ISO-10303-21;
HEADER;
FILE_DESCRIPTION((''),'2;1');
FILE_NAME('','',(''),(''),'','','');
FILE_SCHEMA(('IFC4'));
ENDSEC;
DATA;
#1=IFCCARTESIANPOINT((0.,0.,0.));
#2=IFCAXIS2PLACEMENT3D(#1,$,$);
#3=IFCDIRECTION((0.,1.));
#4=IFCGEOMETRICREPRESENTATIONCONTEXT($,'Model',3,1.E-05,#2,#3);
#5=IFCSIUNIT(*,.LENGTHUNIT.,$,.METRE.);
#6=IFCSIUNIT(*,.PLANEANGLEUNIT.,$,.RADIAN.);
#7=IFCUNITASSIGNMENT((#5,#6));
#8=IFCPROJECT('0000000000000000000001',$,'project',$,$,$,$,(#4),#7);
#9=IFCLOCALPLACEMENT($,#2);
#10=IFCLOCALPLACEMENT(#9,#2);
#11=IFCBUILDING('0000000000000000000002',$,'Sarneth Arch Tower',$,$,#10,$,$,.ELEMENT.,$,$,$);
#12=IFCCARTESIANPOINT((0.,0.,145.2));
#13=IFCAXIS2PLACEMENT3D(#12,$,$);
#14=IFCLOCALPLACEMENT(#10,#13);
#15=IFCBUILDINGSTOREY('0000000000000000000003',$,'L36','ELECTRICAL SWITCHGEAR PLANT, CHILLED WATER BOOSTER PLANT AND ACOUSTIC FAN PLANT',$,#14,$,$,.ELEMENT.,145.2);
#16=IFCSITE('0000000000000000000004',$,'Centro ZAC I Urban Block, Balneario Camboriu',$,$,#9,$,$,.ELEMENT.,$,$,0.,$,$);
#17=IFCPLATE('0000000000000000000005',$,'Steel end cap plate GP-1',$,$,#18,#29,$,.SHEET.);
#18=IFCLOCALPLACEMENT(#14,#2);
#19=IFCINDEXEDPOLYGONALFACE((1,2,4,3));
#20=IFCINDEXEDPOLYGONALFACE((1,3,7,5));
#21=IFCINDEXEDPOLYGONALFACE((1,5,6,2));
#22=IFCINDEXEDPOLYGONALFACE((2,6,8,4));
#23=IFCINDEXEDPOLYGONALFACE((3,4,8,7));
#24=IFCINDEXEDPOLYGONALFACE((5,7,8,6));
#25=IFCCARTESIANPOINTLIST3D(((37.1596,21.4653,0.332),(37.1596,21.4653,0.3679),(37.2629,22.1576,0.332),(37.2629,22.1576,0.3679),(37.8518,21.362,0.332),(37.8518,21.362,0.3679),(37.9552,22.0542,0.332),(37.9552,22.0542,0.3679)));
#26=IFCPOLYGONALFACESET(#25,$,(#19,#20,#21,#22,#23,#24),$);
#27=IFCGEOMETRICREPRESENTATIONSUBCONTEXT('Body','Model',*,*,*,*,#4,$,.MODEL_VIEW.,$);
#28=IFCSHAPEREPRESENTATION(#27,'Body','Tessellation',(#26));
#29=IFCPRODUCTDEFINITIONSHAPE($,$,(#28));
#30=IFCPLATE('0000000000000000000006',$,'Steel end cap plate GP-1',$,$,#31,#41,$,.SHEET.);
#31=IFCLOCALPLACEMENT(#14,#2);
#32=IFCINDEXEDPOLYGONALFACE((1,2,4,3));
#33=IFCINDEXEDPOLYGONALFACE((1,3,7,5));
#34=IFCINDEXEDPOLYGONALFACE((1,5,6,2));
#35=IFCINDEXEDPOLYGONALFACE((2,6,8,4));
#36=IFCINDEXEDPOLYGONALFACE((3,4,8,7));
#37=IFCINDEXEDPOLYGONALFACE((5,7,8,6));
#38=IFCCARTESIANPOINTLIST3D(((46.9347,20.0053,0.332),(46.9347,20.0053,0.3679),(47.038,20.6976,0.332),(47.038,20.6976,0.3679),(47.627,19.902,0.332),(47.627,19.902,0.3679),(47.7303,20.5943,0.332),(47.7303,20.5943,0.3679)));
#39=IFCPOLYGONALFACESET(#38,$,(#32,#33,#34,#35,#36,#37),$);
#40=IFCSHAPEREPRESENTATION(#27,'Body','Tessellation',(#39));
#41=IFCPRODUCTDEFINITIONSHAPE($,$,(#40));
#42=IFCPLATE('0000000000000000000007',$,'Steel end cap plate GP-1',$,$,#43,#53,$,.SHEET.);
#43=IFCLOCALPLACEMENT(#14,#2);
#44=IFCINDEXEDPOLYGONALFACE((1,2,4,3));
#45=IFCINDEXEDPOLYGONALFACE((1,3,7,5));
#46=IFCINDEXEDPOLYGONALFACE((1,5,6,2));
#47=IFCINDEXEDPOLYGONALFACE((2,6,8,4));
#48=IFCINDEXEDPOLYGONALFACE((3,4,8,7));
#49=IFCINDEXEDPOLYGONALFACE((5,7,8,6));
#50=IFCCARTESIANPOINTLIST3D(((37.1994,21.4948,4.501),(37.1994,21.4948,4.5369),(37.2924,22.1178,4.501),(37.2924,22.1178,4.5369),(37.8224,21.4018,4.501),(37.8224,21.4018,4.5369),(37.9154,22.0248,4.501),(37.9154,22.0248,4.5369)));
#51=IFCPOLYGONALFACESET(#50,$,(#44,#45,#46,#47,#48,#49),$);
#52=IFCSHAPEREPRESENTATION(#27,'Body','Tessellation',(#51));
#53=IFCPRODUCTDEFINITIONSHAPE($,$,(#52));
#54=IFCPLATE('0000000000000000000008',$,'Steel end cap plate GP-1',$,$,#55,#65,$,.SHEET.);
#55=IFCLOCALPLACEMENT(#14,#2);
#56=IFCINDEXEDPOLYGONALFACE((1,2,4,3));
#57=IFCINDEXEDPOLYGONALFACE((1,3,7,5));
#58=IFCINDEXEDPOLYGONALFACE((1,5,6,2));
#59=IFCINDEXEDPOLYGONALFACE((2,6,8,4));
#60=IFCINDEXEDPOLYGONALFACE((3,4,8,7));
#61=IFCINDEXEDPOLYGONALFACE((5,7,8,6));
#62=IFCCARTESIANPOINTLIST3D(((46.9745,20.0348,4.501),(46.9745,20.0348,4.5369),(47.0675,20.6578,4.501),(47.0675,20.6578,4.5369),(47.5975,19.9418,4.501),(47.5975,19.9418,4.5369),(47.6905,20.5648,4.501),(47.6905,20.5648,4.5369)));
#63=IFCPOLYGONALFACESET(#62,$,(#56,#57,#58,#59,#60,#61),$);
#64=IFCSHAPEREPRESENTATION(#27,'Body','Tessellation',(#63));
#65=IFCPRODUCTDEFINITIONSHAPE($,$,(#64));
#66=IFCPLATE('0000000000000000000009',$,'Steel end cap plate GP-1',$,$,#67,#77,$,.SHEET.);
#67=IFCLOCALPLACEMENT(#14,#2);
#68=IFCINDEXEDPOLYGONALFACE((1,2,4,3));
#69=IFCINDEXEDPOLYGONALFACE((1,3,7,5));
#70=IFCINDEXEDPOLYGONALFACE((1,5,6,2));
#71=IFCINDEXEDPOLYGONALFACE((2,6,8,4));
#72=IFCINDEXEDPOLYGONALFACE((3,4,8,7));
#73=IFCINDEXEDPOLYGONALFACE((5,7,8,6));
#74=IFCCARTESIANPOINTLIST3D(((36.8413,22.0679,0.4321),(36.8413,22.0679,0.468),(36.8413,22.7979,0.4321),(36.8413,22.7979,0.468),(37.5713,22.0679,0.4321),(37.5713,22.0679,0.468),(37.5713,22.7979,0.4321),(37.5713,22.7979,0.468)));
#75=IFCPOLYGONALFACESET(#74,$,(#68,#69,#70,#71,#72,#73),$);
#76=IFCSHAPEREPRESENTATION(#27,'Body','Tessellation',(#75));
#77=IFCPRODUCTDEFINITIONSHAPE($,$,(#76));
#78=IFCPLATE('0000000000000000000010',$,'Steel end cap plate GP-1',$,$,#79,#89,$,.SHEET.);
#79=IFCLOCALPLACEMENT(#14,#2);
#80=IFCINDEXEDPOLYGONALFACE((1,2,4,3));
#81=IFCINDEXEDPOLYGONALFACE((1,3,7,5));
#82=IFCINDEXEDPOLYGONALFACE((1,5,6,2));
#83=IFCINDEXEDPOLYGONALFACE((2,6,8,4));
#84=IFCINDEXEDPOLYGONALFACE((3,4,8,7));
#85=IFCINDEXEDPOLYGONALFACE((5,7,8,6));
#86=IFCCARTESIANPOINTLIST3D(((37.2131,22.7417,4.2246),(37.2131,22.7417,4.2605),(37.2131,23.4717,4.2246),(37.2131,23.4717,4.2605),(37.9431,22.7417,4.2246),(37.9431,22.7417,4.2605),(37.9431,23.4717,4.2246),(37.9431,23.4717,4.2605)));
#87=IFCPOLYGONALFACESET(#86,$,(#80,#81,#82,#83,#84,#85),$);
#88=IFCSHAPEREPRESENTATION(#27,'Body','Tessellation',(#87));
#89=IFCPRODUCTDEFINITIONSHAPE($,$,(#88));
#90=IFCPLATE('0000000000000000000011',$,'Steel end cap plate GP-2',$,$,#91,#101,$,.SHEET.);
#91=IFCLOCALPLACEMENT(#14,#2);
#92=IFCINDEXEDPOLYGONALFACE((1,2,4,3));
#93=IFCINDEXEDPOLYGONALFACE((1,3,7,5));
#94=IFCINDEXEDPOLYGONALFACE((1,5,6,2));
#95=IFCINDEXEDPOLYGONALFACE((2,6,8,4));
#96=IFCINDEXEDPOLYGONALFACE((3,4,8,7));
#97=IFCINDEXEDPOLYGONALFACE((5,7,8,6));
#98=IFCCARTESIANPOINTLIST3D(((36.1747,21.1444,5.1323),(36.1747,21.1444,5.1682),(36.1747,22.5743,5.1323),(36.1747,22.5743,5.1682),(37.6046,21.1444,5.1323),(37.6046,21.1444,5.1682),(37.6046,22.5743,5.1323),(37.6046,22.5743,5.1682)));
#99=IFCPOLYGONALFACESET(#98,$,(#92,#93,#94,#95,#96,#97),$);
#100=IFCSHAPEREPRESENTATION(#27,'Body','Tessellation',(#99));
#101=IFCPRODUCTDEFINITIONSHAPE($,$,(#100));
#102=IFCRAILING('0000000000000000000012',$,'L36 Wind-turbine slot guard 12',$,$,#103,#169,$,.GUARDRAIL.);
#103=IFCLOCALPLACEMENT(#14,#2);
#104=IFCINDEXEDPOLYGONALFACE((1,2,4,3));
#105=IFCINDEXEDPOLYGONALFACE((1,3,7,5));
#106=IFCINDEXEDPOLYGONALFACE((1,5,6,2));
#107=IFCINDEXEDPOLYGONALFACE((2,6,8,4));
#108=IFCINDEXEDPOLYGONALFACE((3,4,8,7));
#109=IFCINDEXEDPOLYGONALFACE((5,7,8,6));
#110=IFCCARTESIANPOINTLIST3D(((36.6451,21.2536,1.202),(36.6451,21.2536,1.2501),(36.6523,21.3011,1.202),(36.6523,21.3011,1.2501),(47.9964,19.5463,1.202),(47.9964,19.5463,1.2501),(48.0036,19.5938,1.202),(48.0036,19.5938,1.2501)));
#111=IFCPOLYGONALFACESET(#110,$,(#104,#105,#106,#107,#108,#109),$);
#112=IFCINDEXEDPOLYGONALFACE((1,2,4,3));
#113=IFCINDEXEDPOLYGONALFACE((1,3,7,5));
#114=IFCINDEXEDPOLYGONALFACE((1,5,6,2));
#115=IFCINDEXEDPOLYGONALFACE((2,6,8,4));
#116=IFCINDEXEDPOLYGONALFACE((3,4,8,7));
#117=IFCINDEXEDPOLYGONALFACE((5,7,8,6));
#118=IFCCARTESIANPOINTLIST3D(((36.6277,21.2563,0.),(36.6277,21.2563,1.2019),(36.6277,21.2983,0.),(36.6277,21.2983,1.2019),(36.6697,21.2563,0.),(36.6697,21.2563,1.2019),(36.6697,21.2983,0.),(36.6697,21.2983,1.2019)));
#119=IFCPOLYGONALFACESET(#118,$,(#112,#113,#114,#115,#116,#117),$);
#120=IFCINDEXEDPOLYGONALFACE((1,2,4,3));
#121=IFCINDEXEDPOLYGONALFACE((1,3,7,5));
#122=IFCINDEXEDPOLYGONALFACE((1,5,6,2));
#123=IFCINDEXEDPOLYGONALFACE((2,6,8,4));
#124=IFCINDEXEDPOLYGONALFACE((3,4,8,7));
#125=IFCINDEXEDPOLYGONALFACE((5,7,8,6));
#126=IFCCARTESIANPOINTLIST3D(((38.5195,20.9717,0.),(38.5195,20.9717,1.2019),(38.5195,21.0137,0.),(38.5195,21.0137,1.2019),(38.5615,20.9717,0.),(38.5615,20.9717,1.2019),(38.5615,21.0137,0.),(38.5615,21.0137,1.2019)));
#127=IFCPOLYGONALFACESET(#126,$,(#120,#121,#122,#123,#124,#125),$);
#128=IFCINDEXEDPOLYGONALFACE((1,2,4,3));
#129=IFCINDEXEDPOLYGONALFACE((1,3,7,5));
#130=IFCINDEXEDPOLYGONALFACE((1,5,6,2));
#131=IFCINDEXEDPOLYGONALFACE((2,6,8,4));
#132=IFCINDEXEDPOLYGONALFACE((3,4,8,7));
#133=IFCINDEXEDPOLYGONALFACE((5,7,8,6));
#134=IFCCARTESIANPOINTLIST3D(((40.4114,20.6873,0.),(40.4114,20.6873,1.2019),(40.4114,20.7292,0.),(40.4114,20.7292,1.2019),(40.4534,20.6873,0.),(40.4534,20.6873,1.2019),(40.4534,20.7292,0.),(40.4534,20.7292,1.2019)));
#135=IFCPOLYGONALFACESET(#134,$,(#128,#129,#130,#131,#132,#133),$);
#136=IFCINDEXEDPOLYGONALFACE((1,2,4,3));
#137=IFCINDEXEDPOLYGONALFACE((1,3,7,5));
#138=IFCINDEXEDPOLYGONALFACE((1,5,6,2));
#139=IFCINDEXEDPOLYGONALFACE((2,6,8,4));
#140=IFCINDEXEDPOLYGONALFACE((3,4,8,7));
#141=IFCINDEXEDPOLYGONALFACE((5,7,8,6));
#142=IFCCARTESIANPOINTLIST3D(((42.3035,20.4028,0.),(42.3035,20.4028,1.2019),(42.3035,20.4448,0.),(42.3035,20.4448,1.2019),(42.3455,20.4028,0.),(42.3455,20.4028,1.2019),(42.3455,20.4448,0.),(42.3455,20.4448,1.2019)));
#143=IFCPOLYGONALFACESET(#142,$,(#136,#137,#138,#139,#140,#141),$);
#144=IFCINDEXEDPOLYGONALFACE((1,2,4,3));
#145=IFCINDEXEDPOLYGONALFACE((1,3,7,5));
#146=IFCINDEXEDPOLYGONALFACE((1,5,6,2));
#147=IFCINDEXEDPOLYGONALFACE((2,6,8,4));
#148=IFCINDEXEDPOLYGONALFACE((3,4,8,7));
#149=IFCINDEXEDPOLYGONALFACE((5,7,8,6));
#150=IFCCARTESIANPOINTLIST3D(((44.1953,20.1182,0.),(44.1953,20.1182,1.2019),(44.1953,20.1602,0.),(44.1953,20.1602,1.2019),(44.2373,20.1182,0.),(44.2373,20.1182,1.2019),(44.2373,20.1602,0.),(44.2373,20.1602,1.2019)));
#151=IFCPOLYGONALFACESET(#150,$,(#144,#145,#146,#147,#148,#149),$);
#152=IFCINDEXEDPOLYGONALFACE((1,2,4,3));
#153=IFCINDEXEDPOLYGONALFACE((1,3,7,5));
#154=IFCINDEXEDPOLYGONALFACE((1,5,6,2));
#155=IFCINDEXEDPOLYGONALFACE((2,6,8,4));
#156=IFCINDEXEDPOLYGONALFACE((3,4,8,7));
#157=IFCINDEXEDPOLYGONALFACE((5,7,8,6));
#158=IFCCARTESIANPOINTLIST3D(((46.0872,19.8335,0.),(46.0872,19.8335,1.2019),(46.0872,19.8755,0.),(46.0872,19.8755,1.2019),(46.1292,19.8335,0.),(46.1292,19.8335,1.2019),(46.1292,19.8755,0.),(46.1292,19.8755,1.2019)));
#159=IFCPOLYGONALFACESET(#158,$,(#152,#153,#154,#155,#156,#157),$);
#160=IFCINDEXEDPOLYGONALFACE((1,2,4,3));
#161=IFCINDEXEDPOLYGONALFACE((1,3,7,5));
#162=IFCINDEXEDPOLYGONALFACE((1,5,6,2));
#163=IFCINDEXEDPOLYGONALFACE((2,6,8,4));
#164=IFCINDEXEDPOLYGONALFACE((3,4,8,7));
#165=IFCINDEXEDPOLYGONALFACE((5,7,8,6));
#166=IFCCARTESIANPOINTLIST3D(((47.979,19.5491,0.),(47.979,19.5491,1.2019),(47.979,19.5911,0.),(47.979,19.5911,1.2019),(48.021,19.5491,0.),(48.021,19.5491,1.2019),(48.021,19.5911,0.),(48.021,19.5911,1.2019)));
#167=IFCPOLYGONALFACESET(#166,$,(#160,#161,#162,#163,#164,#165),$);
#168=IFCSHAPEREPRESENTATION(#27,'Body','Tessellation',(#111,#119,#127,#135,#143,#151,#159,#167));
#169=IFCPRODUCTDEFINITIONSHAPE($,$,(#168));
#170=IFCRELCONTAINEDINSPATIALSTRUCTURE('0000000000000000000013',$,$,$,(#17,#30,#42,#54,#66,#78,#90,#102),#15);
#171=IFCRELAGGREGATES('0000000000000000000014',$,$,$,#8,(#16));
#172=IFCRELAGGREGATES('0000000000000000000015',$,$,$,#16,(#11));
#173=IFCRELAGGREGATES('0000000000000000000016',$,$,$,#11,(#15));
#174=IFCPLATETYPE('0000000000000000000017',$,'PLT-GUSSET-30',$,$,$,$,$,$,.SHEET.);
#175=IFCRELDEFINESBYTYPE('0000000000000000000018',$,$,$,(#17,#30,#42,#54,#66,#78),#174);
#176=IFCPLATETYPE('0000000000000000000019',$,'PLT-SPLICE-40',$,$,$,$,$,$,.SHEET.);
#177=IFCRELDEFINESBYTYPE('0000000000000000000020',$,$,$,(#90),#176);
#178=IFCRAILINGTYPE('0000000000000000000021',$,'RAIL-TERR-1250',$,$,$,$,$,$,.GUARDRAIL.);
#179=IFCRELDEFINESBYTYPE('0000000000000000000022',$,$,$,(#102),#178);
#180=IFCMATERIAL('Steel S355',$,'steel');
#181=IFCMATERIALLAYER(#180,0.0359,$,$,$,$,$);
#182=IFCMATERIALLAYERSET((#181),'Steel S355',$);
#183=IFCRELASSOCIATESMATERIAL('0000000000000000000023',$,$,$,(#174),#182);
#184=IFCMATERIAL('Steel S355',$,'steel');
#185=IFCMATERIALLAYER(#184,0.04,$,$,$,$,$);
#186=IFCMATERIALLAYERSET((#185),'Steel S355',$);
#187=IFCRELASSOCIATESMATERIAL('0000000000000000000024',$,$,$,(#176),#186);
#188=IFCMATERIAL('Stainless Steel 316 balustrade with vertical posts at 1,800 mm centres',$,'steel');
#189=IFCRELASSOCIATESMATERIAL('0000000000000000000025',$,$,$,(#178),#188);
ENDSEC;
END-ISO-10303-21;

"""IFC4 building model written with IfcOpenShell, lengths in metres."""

from ifc_helpers import new_model, si_unit, direction, frame, origin, origin_2d, place, context, subcontext, project, spatial, rectangle, extrude, material, layer, layer_set, type_object, element, save


model = new_model("IFC4")

# Units and contexts
model_context = context("Model", 3, precision=1e-05, world=origin(), true_north=direction((0.0, 1.0)))
body_context = subcontext(model_context, "Body", "Model", "MODEL_VIEW")
ifc_project = project(units=[si_unit("LENGTHUNIT", "METRE"), si_unit("PLANEANGLEUNIT", "RADIAN")], contexts=[model_context])

# Site, building, storey
site_placement = place(None, origin())
site = spatial("IfcSite", under=ifc_project, at=site_placement, Name="Centro ZAC I Urban Block, Balneario Camboriu", CompositionType="ELEMENT", RefElevation=0.0)
building_placement = place(site_placement, origin())
building = spatial("IfcBuilding", under=site, at=building_placement, Name="Sarneth Arch Tower", CompositionType="ELEMENT")
storey_placement = place(building_placement, frame((0.0, 0.0, 145.2)))
storey = spatial("IfcBuildingStorey", under=building, at=storey_placement, Name="L36", Description="ELECTRICAL SWITCHGEAR PLANT, CHILLED WATER BOOSTER PLANT AND ACOUSTIC FAN PLANT", CompositionType="ELEMENT", Elevation=145.2)

# Plates
ifc_material_1 = material(Name="Steel S355", Category="steel")
ifc_layer_1 = layer(ifc_material_1, 0.0359)
ifc_layer_set_1 = layer_set([ifc_layer_1], Name="Steel S355")
plate_type_1 = type_object("IfcPlateType", Name="PLT-GUSSET-30", PredefinedType="SHEET", material=ifc_layer_set_1)
for number, where, z_axis, x_axis, name in (
    (1, (37.5574, 21.7598, 0.332), (0.0, 0.0, 1.0), (-0.989042, 0.147637, 0.0), "Steel end cap plate GP-1"),
    (2, (47.3325, 20.2998, 0.332), (0.0, 0.0, 1.0), (0.989042, -0.147637, 0.0), "Steel end cap plate GP-1"),
):
    element("IfcPlate", number, at=place(storey_placement, frame(where, z_axis=z_axis, x_axis=x_axis)), inside=storey, type_object=plate_type_1, Name=name, PredefinedType="SHEET", context=body_context, shape_type="SweptSolid", body=[
        extrude(rectangle(XDim=0.7, YDim=0.7, at=origin_2d()), origin(), (0.0, 0.0, 1.0), 0.0359),
    ])
for number, where, z_axis, x_axis, name in (
    (3, (37.5574, 21.7598, 4.501), (0.0, 0.0, 1.0), (-0.989042, 0.147637, 0.0), "Steel end cap plate GP-1"),
    (4, (47.3325, 20.2998, 4.501), (0.0, 0.0, 1.0), (0.989042, -0.147637, 0.0), "Steel end cap plate GP-1"),
):
    element("IfcPlate", number, at=place(storey_placement, frame(where, z_axis=z_axis, x_axis=x_axis)), inside=storey, type_object=plate_type_1, Name=name, PredefinedType="SHEET", context=body_context, shape_type="SweptSolid", body=[
        extrude(rectangle(XDim=0.6299, YDim=0.6299, at=origin_2d()), origin(), (0.0, 0.0, 1.0), 0.0359),
    ])
for number, where, z_axis, x_axis, name in (
    (5, (37.2063, 22.4329, 0.4321), (0.0, 0.0, 1.0), (1.0, 0.0, 0.0), "Steel end cap plate GP-1"),
    (6, (37.5781, 23.1067, 4.2246), (0.0, 0.0, 1.0), (1.0, 0.0, 0.0), "Steel end cap plate GP-1"),
):
    element("IfcPlate", number, at=place(storey_placement, frame(where, z_axis=z_axis, x_axis=x_axis)), inside=storey, type_object=plate_type_1, Name=name, PredefinedType="SHEET", context=body_context, shape_type="SweptSolid", body=[
        extrude(rectangle(XDim=0.73, YDim=0.73, at=origin_2d()), origin(), (0.0, 0.0, 1.0), 0.0359),
    ])
ifc_material_2 = material(Name="Steel S355", Category="steel")
ifc_layer_2 = layer(ifc_material_2, 0.04)
ifc_layer_set_2 = layer_set([ifc_layer_2], Name="Steel S355")
plate_type_2 = type_object("IfcPlateType", Name="PLT-SPLICE-40", PredefinedType="SHEET", material=ifc_layer_set_2)
plate_1_placement = place(storey_placement, frame((36.8896, 21.8594, 5.1323), z_axis=(0.0, 0.0, 1.0), x_axis=(1.0, 0.0, 0.0)))
element("IfcPlate", 7, at=plate_1_placement, inside=storey, type_object=plate_type_2, Name="Steel end cap plate GP-2", PredefinedType="SHEET", context=body_context, shape_type="SweptSolid", body=[
    extrude(rectangle(XDim=1.4299, YDim=1.4299, at=origin_2d()), origin(), (0.0, 0.0, 1.0), 0.0359),
])

# Railing
ifc_material_3 = material(Name="Stainless Steel 316 balustrade with vertical posts at 1,800 mm centres", Category="steel")
railing_type = type_object("IfcRailingType", Name="RAIL-TERR-1250", PredefinedType="GUARDRAIL", material=ifc_material_3)
railing_placement = place(storey_placement, frame((36.6487, 21.2773, 0.0)))
element("IfcRailing", 8, at=railing_placement, inside=storey, type_object=railing_type, Name="L36 Wind-turbine slot guard 12", PredefinedType="GUARDRAIL", context=body_context, shape_type="SweptSolid", body=[
    extrude(rectangle(XDim=0.0481, YDim=0.0481, at=origin_2d()), frame((0.0, 0.0, 1.2261), z_axis=(0.988878, -0.14873, 0.0), x_axis=(0.14873, 0.988878, 0.0)), (0.0, 0.0, 1.0), 11.479),
    extrude(rectangle(XDim=0.042, YDim=0.042, at=origin_2d()), origin(), (0.0, 0.0, 1.0), 1.2019),
    extrude(rectangle(XDim=0.042, YDim=0.042, at=origin_2d()), frame((1.8918, -0.2847, 0.0)), (0.0, 0.0, 1.0), 1.2019),
    extrude(rectangle(XDim=0.042, YDim=0.042, at=origin_2d()), frame((3.7837, -0.5691, 0.0)), (0.0, 0.0, 1.0), 1.2019),
    extrude(rectangle(XDim=0.042, YDim=0.042, at=origin_2d()), frame((5.6758, -0.8535, 0.0)), (0.0, 0.0, 1.0), 1.2019),
    extrude(rectangle(XDim=0.042, YDim=0.042, at=origin_2d()), frame((7.5676, -1.1382, 0.0)), (0.0, 0.0, 1.0), 1.2019),
    extrude(rectangle(XDim=0.042, YDim=0.042, at=origin_2d()), frame((9.4595, -1.4229, 0.0)), (0.0, 0.0, 1.0), 1.2019),
    extrude(rectangle(XDim=0.042, YDim=0.042, at=origin_2d()), frame((11.3513, -1.7073, 0.0)), (0.0, 0.0, 1.0), 1.2019),
])

save(model, "model.ifc")
